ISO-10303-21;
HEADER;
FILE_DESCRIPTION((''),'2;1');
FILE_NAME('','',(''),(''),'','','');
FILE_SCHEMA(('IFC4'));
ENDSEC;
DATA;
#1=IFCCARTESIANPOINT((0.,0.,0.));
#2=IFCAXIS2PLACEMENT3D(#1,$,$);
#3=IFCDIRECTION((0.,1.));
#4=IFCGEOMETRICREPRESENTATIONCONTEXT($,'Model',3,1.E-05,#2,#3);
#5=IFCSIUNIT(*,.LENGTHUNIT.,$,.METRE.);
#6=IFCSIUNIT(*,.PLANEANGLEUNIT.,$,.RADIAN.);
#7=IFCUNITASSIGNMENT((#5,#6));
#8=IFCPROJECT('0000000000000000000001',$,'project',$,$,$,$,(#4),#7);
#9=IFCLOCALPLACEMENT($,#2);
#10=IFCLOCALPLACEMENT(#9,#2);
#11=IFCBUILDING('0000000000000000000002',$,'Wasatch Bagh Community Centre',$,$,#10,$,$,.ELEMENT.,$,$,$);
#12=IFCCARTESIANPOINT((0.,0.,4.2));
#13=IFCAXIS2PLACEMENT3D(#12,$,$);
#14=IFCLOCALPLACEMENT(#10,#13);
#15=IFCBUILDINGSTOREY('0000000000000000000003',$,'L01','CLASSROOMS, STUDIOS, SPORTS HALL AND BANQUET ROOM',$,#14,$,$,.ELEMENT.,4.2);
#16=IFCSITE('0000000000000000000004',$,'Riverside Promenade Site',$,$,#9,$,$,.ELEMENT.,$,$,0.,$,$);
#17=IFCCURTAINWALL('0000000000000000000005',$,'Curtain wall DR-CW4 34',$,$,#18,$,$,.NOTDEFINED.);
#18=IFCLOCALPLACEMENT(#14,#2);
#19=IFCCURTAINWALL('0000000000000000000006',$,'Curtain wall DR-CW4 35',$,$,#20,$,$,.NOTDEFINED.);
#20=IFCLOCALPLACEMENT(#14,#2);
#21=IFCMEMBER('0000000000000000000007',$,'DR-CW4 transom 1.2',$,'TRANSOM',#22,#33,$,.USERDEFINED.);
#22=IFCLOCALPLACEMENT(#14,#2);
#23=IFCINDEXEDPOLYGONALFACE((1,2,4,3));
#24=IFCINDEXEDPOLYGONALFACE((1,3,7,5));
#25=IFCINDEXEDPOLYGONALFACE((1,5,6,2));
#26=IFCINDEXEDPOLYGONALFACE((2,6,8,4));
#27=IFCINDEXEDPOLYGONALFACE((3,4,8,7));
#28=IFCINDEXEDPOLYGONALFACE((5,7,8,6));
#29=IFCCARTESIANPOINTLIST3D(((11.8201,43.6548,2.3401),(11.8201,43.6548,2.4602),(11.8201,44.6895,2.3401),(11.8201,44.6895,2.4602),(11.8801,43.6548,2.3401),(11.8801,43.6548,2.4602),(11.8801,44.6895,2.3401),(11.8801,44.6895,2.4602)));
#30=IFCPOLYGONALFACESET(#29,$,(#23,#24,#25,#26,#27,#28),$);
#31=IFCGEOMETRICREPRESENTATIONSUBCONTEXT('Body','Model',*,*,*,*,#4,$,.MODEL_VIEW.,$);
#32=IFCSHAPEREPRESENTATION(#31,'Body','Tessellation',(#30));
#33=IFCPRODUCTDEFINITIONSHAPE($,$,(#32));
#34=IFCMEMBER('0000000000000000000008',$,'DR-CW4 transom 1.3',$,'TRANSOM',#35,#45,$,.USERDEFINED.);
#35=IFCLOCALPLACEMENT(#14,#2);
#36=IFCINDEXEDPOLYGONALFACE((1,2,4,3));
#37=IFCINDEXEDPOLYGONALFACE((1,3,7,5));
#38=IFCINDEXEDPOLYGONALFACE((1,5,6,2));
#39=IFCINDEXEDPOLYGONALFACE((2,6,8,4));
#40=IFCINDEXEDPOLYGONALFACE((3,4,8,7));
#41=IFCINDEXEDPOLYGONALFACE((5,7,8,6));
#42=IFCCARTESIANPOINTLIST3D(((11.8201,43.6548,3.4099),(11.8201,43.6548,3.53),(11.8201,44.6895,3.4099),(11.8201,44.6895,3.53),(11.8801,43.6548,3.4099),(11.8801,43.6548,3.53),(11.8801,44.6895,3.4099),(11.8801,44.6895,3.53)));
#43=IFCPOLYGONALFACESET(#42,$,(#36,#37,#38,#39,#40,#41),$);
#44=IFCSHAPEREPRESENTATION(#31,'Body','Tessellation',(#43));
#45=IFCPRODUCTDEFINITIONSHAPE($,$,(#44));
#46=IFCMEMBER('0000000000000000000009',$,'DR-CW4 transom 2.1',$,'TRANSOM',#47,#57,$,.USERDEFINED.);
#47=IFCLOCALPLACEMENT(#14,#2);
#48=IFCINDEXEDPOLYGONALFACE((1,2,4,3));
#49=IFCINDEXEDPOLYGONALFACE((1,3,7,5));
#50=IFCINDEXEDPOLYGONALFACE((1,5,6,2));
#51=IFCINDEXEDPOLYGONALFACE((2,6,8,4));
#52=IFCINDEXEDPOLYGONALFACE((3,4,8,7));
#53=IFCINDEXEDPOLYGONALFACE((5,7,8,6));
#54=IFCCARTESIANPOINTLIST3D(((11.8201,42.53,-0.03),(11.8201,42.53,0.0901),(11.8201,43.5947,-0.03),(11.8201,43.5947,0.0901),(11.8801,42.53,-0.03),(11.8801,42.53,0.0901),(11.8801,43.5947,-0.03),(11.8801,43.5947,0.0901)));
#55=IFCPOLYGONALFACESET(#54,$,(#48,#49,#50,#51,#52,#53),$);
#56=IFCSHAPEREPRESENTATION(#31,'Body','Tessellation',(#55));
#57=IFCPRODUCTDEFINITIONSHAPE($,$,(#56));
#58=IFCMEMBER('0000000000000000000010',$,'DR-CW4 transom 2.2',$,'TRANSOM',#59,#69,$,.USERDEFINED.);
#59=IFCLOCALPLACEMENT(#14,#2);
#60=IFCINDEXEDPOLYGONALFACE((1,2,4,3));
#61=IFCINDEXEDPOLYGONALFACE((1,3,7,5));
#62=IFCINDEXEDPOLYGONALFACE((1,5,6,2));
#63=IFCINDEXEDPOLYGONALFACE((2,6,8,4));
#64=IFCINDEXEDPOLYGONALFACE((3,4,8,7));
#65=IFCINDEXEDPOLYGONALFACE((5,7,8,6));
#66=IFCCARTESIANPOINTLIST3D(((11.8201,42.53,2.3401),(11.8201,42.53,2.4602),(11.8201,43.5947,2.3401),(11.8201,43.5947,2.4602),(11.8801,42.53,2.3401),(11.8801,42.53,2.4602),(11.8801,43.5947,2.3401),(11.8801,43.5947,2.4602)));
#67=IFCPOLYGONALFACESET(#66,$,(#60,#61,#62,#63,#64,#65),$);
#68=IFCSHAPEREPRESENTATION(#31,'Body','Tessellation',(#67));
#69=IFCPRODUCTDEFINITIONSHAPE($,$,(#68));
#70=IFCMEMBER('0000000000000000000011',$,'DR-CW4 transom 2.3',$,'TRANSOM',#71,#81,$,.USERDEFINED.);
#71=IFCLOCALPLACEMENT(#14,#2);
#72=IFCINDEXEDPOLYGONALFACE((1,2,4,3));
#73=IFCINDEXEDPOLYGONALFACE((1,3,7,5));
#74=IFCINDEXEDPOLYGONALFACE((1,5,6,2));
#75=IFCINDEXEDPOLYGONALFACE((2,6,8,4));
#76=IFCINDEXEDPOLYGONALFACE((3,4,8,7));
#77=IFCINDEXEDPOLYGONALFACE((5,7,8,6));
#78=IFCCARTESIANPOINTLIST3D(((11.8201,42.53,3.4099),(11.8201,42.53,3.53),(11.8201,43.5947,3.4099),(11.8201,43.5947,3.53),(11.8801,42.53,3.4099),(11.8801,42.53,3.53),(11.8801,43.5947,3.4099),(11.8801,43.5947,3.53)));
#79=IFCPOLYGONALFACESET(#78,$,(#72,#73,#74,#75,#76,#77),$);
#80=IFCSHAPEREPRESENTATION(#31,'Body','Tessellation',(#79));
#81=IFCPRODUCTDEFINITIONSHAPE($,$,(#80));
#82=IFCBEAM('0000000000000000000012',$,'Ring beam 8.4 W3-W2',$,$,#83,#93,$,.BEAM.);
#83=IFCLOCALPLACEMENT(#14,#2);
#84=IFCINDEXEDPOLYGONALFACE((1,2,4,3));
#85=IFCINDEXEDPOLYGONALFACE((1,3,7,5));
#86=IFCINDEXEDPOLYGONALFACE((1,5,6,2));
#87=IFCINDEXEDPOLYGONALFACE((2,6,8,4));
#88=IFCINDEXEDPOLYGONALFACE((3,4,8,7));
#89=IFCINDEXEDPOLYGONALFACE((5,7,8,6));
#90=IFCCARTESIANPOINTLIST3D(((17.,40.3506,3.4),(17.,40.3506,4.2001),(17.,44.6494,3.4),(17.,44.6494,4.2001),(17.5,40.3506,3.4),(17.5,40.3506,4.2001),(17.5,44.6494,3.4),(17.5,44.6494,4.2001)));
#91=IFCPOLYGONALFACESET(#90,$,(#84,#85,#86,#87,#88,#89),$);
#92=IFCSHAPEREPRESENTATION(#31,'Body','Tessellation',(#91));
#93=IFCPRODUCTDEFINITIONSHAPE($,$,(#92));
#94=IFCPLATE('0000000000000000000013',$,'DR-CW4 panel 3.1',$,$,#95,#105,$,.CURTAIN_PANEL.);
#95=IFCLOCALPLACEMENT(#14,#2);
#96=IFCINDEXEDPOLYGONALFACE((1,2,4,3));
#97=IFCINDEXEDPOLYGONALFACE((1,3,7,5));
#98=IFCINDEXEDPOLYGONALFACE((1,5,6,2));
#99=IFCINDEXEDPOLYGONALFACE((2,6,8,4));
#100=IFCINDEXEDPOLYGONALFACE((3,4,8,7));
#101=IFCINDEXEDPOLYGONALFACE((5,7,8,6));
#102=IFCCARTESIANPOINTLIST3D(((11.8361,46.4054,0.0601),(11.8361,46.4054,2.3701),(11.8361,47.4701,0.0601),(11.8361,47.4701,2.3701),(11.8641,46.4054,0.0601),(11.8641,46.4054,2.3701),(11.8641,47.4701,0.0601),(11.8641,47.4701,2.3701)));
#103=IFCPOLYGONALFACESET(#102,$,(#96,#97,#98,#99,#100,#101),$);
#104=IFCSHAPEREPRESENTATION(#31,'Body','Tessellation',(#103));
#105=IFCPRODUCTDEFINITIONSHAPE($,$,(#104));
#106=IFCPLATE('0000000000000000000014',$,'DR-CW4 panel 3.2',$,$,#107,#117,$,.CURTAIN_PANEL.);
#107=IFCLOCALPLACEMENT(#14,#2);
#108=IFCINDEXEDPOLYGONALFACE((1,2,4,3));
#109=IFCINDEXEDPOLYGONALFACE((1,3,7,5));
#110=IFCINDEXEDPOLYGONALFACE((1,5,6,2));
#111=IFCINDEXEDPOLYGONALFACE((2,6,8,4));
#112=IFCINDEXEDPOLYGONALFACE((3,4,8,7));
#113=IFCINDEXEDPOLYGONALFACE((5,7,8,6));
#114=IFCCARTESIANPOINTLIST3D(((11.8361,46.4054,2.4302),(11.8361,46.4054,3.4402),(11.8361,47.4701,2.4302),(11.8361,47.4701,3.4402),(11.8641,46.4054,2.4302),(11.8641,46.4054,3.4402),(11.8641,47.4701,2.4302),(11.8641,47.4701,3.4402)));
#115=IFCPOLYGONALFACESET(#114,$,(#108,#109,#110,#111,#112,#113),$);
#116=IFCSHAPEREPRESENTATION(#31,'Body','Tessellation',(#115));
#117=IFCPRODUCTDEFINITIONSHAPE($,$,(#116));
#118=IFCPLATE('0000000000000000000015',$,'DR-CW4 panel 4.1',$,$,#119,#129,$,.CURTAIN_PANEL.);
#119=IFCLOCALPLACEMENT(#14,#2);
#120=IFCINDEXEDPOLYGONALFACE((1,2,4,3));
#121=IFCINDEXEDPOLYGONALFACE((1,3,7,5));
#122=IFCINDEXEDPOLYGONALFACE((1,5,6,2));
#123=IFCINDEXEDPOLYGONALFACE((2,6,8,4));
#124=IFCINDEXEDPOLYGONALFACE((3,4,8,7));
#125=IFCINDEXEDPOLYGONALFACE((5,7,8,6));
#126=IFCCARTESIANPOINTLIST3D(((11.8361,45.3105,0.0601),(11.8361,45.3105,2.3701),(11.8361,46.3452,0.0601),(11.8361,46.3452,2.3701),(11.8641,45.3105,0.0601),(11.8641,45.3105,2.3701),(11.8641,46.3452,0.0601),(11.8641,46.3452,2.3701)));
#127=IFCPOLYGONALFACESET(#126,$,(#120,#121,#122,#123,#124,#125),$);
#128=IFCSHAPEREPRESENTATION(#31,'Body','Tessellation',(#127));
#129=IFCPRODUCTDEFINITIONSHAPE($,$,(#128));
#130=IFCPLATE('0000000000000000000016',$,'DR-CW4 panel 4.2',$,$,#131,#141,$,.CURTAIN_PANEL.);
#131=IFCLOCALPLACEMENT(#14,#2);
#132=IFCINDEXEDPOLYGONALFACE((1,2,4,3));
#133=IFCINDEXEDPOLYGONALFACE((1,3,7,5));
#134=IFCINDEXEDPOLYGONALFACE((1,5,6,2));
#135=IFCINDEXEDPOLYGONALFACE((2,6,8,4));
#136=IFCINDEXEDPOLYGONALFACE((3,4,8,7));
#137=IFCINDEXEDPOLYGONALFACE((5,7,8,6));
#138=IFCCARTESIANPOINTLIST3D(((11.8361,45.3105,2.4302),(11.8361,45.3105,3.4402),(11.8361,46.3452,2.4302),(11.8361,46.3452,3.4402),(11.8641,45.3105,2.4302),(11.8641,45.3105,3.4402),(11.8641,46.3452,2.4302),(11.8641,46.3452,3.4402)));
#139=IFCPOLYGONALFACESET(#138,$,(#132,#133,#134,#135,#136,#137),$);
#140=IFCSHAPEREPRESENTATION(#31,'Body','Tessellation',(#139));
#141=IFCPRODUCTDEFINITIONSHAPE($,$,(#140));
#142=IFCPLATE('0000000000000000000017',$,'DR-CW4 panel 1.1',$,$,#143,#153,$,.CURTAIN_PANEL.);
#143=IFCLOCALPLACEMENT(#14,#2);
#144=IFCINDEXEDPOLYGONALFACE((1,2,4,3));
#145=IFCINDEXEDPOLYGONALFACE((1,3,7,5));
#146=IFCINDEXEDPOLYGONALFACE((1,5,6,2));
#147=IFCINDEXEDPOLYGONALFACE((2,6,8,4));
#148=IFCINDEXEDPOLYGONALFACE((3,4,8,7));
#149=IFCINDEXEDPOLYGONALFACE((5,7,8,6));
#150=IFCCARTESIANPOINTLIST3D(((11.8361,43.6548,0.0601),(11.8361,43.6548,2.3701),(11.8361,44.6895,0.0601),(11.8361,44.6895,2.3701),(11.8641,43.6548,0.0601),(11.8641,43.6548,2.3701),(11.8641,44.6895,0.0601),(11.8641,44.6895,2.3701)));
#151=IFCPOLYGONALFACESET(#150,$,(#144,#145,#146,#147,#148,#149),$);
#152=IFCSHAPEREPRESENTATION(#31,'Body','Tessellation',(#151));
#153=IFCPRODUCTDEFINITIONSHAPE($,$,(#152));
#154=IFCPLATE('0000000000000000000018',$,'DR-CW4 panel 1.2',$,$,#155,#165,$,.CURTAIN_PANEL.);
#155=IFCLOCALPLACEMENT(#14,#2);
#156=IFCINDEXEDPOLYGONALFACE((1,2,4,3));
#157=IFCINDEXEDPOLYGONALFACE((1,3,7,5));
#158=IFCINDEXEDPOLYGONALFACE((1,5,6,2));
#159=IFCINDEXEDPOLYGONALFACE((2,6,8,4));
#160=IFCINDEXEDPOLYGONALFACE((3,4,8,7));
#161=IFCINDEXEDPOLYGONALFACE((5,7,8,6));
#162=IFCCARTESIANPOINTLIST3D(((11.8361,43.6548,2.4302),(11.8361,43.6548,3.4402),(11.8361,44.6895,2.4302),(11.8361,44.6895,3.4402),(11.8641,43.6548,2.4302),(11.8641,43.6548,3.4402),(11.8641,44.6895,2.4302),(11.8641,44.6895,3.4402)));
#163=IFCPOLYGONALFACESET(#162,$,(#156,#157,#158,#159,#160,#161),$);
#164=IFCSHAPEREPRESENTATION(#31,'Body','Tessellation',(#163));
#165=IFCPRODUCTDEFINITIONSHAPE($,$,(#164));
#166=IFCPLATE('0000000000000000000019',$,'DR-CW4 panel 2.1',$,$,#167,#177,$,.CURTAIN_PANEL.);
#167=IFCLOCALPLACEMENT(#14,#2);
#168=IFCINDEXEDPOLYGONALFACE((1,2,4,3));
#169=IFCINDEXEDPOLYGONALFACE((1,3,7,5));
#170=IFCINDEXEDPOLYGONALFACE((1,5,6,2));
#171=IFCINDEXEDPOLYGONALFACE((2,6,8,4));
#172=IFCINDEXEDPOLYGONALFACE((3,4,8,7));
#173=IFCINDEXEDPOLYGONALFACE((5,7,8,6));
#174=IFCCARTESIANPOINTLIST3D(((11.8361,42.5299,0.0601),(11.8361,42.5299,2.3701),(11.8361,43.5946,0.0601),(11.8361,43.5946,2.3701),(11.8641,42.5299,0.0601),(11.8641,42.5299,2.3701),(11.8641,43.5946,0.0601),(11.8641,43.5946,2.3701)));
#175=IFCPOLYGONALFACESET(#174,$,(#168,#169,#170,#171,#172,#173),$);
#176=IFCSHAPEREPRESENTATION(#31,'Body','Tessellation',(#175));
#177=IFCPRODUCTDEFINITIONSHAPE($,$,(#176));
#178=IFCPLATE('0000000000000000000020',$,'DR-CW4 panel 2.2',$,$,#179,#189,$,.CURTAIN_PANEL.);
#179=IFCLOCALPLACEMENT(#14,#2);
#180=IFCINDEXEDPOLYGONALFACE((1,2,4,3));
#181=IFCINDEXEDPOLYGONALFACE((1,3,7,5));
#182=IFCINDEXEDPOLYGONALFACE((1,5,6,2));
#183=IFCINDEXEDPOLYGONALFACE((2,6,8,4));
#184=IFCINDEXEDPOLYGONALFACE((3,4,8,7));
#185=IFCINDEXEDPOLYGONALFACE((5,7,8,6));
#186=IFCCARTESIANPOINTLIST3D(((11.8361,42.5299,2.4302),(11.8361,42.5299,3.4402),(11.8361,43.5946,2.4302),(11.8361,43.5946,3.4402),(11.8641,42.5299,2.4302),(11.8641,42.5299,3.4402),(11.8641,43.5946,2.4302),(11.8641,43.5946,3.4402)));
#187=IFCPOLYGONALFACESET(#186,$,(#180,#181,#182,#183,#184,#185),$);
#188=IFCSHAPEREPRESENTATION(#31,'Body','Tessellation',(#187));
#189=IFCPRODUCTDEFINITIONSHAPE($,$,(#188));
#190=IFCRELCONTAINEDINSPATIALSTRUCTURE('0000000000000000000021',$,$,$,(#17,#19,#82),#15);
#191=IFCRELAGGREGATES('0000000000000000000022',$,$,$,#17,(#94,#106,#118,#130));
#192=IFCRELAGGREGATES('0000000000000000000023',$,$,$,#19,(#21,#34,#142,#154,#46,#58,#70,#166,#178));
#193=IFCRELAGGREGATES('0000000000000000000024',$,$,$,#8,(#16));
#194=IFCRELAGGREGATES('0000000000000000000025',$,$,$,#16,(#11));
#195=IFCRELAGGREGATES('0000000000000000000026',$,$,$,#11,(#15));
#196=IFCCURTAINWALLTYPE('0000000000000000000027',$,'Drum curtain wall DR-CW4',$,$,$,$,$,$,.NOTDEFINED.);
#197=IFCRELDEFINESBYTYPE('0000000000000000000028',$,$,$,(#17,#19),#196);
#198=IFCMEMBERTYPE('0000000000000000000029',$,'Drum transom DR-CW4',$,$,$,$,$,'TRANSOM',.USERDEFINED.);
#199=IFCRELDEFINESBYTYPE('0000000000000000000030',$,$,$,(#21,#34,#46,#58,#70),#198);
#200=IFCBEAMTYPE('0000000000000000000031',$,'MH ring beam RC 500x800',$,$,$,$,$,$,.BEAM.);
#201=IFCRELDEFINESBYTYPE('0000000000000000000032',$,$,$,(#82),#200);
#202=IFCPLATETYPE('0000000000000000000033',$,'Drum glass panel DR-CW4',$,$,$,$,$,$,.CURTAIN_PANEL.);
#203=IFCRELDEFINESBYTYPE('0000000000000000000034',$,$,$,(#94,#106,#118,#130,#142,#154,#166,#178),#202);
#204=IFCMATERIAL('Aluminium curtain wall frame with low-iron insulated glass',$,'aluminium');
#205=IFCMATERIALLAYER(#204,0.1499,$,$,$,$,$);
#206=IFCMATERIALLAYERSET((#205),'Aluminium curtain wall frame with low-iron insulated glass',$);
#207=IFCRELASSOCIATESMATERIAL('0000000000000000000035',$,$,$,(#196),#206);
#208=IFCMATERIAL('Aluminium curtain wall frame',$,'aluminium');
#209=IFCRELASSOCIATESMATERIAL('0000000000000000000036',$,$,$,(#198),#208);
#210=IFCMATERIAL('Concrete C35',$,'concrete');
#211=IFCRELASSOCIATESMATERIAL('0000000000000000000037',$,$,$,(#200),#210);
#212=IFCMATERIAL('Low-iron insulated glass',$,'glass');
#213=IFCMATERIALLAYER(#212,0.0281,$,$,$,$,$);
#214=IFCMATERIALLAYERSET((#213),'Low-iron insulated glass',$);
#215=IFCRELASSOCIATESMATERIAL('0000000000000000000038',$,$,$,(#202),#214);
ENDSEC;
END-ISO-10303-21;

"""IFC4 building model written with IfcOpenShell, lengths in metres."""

from ifc_helpers import new_model, si_unit, direction, frame, origin, origin_2d, place, context, subcontext, project, spatial, rectangle, extrude, material, layer, layer_set, material_profile, profile_set, type_object, element, aggregate, save


model = new_model("IFC4")

# Units and contexts
model_context = context("Model", 3, precision=1e-05, world=origin(), true_north=direction((0.0, 1.0)))
body_context = subcontext(model_context, "Body", "Model", "MODEL_VIEW")
ifc_project = project(units=[si_unit("LENGTHUNIT", "METRE"), si_unit("PLANEANGLEUNIT", "RADIAN")], contexts=[model_context])

# Site, building, storey
site_placement = place(None, origin())
site = spatial("IfcSite", under=ifc_project, at=site_placement, Name="Riverside Promenade Site", CompositionType="ELEMENT", RefElevation=0.0)
building_placement = place(site_placement, origin())
building = spatial("IfcBuilding", under=site, at=building_placement, Name="Wasatch Bagh Community Centre", CompositionType="ELEMENT")
storey_placement = place(building_placement, frame((0.0, 0.0, 4.2)))
storey = spatial("IfcBuildingStorey", under=building, at=storey_placement, Name="L01", Description="CLASSROOMS, STUDIOS, SPORTS HALL AND BANQUET ROOM", CompositionType="ELEMENT", Elevation=4.2)

# Curtain walls
ifc_material_1 = material(Name="Aluminium curtain wall frame with low-iron insulated glass", Category="aluminium")
ifc_layer_1 = layer(ifc_material_1, 0.1499)
ifc_layer_set_1 = layer_set([ifc_layer_1], Name="Aluminium curtain wall frame with low-iron insulated glass")
curtain_wall_type = type_object("IfcCurtainWallType", Name="Drum curtain wall DR-CW4", PredefinedType="NOTDEFINED", material=ifc_layer_set_1)
curtain_wall_1_placement = place(storey_placement, origin())
curtain_wall_1 = element("IfcCurtainWall", 1, at=curtain_wall_1_placement, inside=storey, type_object=curtain_wall_type, Name="Curtain wall DR-CW4 34", PredefinedType="NOTDEFINED")
ifc_material_2 = material(Name="Aluminium curtain wall frame", Category="aluminium")
curtain_wall_2_placement = place(storey_placement, origin())
curtain_wall_2 = element("IfcCurtainWall", 2, at=curtain_wall_2_placement, inside=storey, type_object=curtain_wall_type, Name="Curtain wall DR-CW4 35", PredefinedType="NOTDEFINED")

# Shared definitions
ifc_material_3 = material(Name="Concrete C35", Category="concrete")

# Members
ifc_material_profile_1 = material_profile(ifc_material_2, rectangle(XDim=0.0601, YDim=0.1201, at=origin_2d()), Name="Drum transom DR-CW4")
ifc_profile_set_1 = profile_set([ifc_material_profile_1], Name="Aluminium curtain wall frame")
member_type_1 = type_object("IfcMemberType", Name="Drum transom DR-CW4", ElementType="TRANSOM", PredefinedType="USERDEFINED", material=ifc_profile_set_1)
member_1_placement = place(storey_placement, frame((11.8501, 44.6895, 2.4001), z_axis=(0.0, -1.0, 0.0), x_axis=(1.0, 0.0, 0.0)))
member_1 = element("IfcMember", 3, at=member_1_placement, type_object=member_type_1, Name="DR-CW4 transom 1.2", ObjectType="TRANSOM", PredefinedType="USERDEFINED", context=body_context, shape_type="SweptSolid", body=[
    extrude(rectangle(XDim=0.0601, YDim=0.1201, at=origin_2d()), origin(), (0.0, 0.0, 1.0), 1.0347),
])
member_2_placement = place(storey_placement, frame((11.8501, 44.6895, 3.47), z_axis=(0.0, -1.0, 0.0), x_axis=(1.0, 0.0, 0.0)))
member_2 = element("IfcMember", 4, at=member_2_placement, type_object=member_type_1, Name="DR-CW4 transom 1.3", ObjectType="TRANSOM", PredefinedType="USERDEFINED", context=body_context, shape_type="SweptSolid", body=[
    extrude(rectangle(XDim=0.0601, YDim=0.1201, at=origin_2d()), origin(), (0.0, 0.0, 1.0), 1.0347),
])
member_3_placement = place(storey_placement, frame((11.8501, 43.5947, 0.03), z_axis=(0.0, -1.0, 0.0), x_axis=(1.0, 0.0, 0.0)))
member_3 = element("IfcMember", 5, at=member_3_placement, type_object=member_type_1, Name="DR-CW4 transom 2.1", ObjectType="TRANSOM", PredefinedType="USERDEFINED", context=body_context, shape_type="SweptSolid", body=[
    extrude(rectangle(XDim=0.0601, YDim=0.1201, at=origin_2d()), origin(), (0.0, 0.0, 1.0), 1.0647),
])
member_4_placement = place(storey_placement, frame((11.8501, 43.5947, 2.4001), z_axis=(0.0, -1.0, 0.0), x_axis=(1.0, 0.0, 0.0)))
member_4 = element("IfcMember", 6, at=member_4_placement, type_object=member_type_1, Name="DR-CW4 transom 2.2", ObjectType="TRANSOM", PredefinedType="USERDEFINED", context=body_context, shape_type="SweptSolid", body=[
    extrude(rectangle(XDim=0.0601, YDim=0.1201, at=origin_2d()), origin(), (0.0, 0.0, 1.0), 1.0647),
])
member_5_placement = place(storey_placement, frame((11.8501, 43.5947, 3.47), z_axis=(0.0, -1.0, 0.0), x_axis=(1.0, 0.0, 0.0)))
member_5 = element("IfcMember", 7, at=member_5_placement, type_object=member_type_1, Name="DR-CW4 transom 2.3", ObjectType="TRANSOM", PredefinedType="USERDEFINED", context=body_context, shape_type="SweptSolid", body=[
    extrude(rectangle(XDim=0.0601, YDim=0.1201, at=origin_2d()), origin(), (0.0, 0.0, 1.0), 1.0647),
])

# Beam
ifc_material_profile_2 = material_profile(ifc_material_3, rectangle(XDim=0.5, YDim=0.8, at=origin_2d()), Name="RC 500x800")
ifc_profile_set_2 = profile_set([ifc_material_profile_2], Name="Concrete C35")
beam_type_1 = type_object("IfcBeamType", Name="MH ring beam RC 500x800", PredefinedType="BEAM", material=ifc_profile_set_2)
beam_placement = place(storey_placement, frame((17.25, 44.6494, 3.8), z_axis=(0.0, -1.0, 0.0), x_axis=(1.0, 0.0, 0.0)))
element("IfcBeam", 8, at=beam_placement, inside=storey, type_object=beam_type_1, Name="Ring beam 8.4 W3-W2", PredefinedType="BEAM", context=body_context, shape_type="SweptSolid", body=[
    extrude(rectangle(XDim=0.5, YDim=0.8, at=origin_2d()), origin(), (0.0, 0.0, 1.0), 4.2988),
])

# Plates
ifc_material_4 = material(Name="Low-iron insulated glass", Category="glass")
ifc_layer_2 = layer(ifc_material_4, 0.0281)
ifc_layer_set_2 = layer_set([ifc_layer_2], Name="Low-iron insulated glass")
plate_type = type_object("IfcPlateType", Name="Drum glass panel DR-CW4", PredefinedType="CURTAIN_PANEL", material=ifc_layer_set_2)
plate_1_placement = place(storey_placement, frame((11.8501, 46.9377, 0.0601), z_axis=(0.0, 0.0, 1.0), x_axis=(0.0, -1.0, 0.0)))
plate_1 = element("IfcPlate", 9, at=plate_1_placement, type_object=plate_type, Name="DR-CW4 panel 3.1", PredefinedType="CURTAIN_PANEL", context=body_context, shape_type="SweptSolid", body=[
    extrude(rectangle(XDim=1.0647, YDim=0.0281, at=origin_2d()), origin(), (0.0, 0.0, 1.0), 2.3101),
])
plate_2_placement = place(storey_placement, frame((11.8501, 46.9377, 2.4302), z_axis=(0.0, 0.0, 1.0), x_axis=(0.0, -1.0, 0.0)))
plate_2 = element("IfcPlate", 10, at=plate_2_placement, type_object=plate_type, Name="DR-CW4 panel 3.2", PredefinedType="CURTAIN_PANEL", context=body_context, shape_type="SweptSolid", body=[
    extrude(rectangle(XDim=1.0647, YDim=0.0281, at=origin_2d()), origin(), (0.0, 0.0, 1.0), 1.01),
])
plate_3_placement = place(storey_placement, frame((11.8501, 45.8279, 0.0601), z_axis=(0.0, 0.0, 1.0), x_axis=(0.0, -1.0, 0.0)))
plate_3 = element("IfcPlate", 11, at=plate_3_placement, type_object=plate_type, Name="DR-CW4 panel 4.1", PredefinedType="CURTAIN_PANEL", context=body_context, shape_type="SweptSolid", body=[
    extrude(rectangle(XDim=1.0347, YDim=0.0281, at=origin_2d()), origin(), (0.0, 0.0, 1.0), 2.3101),
])
plate_4_placement = place(storey_placement, frame((11.8501, 45.8279, 2.4302), z_axis=(0.0, 0.0, 1.0), x_axis=(0.0, -1.0, 0.0)))
plate_4 = element("IfcPlate", 12, at=plate_4_placement, type_object=plate_type, Name="DR-CW4 panel 4.2", PredefinedType="CURTAIN_PANEL", context=body_context, shape_type="SweptSolid", body=[
    extrude(rectangle(XDim=1.0347, YDim=0.0281, at=origin_2d()), origin(), (0.0, 0.0, 1.0), 1.01),
])
aggregate(curtain_wall_1, [plate_1, plate_2, plate_3, plate_4])
plate_5_placement = place(storey_placement, frame((11.8501, 44.1721, 0.0601), z_axis=(0.0, 0.0, 1.0), x_axis=(0.0, -1.0, 0.0)))
plate_5 = element("IfcPlate", 13, at=plate_5_placement, type_object=plate_type, Name="DR-CW4 panel 1.1", PredefinedType="CURTAIN_PANEL", context=body_context, shape_type="SweptSolid", body=[
    extrude(rectangle(XDim=1.0347, YDim=0.0281, at=origin_2d()), origin(), (0.0, 0.0, 1.0), 2.3101),
])
plate_6_placement = place(storey_placement, frame((11.8501, 44.1721, 2.4302), z_axis=(0.0, 0.0, 1.0), x_axis=(0.0, -1.0, 0.0)))
plate_6 = element("IfcPlate", 14, at=plate_6_placement, type_object=plate_type, Name="DR-CW4 panel 1.2", PredefinedType="CURTAIN_PANEL", context=body_context, shape_type="SweptSolid", body=[
    extrude(rectangle(XDim=1.0347, YDim=0.0281, at=origin_2d()), origin(), (0.0, 0.0, 1.0), 1.01),
])
plate_7_placement = place(storey_placement, frame((11.8501, 43.0623, 0.0601), z_axis=(0.0, 0.0, 1.0), x_axis=(0.0, -1.0, 0.0)))
plate_7 = element("IfcPlate", 15, at=plate_7_placement, type_object=plate_type, Name="DR-CW4 panel 2.1", PredefinedType="CURTAIN_PANEL", context=body_context, shape_type="SweptSolid", body=[
    extrude(rectangle(XDim=1.0647, YDim=0.0281, at=origin_2d()), origin(), (0.0, 0.0, 1.0), 2.3101),
])
plate_8_placement = place(storey_placement, frame((11.8501, 43.0623, 2.4302), z_axis=(0.0, 0.0, 1.0), x_axis=(0.0, -1.0, 0.0)))
plate_8 = element("IfcPlate", 16, at=plate_8_placement, type_object=plate_type, Name="DR-CW4 panel 2.2", PredefinedType="CURTAIN_PANEL", context=body_context, shape_type="SweptSolid", body=[
    extrude(rectangle(XDim=1.0647, YDim=0.0281, at=origin_2d()), origin(), (0.0, 0.0, 1.0), 1.01),
])
aggregate(curtain_wall_2, [member_1, member_2, plate_5, plate_6, member_3, member_4, member_5, plate_7, plate_8])

save(model, "model.ifc")
